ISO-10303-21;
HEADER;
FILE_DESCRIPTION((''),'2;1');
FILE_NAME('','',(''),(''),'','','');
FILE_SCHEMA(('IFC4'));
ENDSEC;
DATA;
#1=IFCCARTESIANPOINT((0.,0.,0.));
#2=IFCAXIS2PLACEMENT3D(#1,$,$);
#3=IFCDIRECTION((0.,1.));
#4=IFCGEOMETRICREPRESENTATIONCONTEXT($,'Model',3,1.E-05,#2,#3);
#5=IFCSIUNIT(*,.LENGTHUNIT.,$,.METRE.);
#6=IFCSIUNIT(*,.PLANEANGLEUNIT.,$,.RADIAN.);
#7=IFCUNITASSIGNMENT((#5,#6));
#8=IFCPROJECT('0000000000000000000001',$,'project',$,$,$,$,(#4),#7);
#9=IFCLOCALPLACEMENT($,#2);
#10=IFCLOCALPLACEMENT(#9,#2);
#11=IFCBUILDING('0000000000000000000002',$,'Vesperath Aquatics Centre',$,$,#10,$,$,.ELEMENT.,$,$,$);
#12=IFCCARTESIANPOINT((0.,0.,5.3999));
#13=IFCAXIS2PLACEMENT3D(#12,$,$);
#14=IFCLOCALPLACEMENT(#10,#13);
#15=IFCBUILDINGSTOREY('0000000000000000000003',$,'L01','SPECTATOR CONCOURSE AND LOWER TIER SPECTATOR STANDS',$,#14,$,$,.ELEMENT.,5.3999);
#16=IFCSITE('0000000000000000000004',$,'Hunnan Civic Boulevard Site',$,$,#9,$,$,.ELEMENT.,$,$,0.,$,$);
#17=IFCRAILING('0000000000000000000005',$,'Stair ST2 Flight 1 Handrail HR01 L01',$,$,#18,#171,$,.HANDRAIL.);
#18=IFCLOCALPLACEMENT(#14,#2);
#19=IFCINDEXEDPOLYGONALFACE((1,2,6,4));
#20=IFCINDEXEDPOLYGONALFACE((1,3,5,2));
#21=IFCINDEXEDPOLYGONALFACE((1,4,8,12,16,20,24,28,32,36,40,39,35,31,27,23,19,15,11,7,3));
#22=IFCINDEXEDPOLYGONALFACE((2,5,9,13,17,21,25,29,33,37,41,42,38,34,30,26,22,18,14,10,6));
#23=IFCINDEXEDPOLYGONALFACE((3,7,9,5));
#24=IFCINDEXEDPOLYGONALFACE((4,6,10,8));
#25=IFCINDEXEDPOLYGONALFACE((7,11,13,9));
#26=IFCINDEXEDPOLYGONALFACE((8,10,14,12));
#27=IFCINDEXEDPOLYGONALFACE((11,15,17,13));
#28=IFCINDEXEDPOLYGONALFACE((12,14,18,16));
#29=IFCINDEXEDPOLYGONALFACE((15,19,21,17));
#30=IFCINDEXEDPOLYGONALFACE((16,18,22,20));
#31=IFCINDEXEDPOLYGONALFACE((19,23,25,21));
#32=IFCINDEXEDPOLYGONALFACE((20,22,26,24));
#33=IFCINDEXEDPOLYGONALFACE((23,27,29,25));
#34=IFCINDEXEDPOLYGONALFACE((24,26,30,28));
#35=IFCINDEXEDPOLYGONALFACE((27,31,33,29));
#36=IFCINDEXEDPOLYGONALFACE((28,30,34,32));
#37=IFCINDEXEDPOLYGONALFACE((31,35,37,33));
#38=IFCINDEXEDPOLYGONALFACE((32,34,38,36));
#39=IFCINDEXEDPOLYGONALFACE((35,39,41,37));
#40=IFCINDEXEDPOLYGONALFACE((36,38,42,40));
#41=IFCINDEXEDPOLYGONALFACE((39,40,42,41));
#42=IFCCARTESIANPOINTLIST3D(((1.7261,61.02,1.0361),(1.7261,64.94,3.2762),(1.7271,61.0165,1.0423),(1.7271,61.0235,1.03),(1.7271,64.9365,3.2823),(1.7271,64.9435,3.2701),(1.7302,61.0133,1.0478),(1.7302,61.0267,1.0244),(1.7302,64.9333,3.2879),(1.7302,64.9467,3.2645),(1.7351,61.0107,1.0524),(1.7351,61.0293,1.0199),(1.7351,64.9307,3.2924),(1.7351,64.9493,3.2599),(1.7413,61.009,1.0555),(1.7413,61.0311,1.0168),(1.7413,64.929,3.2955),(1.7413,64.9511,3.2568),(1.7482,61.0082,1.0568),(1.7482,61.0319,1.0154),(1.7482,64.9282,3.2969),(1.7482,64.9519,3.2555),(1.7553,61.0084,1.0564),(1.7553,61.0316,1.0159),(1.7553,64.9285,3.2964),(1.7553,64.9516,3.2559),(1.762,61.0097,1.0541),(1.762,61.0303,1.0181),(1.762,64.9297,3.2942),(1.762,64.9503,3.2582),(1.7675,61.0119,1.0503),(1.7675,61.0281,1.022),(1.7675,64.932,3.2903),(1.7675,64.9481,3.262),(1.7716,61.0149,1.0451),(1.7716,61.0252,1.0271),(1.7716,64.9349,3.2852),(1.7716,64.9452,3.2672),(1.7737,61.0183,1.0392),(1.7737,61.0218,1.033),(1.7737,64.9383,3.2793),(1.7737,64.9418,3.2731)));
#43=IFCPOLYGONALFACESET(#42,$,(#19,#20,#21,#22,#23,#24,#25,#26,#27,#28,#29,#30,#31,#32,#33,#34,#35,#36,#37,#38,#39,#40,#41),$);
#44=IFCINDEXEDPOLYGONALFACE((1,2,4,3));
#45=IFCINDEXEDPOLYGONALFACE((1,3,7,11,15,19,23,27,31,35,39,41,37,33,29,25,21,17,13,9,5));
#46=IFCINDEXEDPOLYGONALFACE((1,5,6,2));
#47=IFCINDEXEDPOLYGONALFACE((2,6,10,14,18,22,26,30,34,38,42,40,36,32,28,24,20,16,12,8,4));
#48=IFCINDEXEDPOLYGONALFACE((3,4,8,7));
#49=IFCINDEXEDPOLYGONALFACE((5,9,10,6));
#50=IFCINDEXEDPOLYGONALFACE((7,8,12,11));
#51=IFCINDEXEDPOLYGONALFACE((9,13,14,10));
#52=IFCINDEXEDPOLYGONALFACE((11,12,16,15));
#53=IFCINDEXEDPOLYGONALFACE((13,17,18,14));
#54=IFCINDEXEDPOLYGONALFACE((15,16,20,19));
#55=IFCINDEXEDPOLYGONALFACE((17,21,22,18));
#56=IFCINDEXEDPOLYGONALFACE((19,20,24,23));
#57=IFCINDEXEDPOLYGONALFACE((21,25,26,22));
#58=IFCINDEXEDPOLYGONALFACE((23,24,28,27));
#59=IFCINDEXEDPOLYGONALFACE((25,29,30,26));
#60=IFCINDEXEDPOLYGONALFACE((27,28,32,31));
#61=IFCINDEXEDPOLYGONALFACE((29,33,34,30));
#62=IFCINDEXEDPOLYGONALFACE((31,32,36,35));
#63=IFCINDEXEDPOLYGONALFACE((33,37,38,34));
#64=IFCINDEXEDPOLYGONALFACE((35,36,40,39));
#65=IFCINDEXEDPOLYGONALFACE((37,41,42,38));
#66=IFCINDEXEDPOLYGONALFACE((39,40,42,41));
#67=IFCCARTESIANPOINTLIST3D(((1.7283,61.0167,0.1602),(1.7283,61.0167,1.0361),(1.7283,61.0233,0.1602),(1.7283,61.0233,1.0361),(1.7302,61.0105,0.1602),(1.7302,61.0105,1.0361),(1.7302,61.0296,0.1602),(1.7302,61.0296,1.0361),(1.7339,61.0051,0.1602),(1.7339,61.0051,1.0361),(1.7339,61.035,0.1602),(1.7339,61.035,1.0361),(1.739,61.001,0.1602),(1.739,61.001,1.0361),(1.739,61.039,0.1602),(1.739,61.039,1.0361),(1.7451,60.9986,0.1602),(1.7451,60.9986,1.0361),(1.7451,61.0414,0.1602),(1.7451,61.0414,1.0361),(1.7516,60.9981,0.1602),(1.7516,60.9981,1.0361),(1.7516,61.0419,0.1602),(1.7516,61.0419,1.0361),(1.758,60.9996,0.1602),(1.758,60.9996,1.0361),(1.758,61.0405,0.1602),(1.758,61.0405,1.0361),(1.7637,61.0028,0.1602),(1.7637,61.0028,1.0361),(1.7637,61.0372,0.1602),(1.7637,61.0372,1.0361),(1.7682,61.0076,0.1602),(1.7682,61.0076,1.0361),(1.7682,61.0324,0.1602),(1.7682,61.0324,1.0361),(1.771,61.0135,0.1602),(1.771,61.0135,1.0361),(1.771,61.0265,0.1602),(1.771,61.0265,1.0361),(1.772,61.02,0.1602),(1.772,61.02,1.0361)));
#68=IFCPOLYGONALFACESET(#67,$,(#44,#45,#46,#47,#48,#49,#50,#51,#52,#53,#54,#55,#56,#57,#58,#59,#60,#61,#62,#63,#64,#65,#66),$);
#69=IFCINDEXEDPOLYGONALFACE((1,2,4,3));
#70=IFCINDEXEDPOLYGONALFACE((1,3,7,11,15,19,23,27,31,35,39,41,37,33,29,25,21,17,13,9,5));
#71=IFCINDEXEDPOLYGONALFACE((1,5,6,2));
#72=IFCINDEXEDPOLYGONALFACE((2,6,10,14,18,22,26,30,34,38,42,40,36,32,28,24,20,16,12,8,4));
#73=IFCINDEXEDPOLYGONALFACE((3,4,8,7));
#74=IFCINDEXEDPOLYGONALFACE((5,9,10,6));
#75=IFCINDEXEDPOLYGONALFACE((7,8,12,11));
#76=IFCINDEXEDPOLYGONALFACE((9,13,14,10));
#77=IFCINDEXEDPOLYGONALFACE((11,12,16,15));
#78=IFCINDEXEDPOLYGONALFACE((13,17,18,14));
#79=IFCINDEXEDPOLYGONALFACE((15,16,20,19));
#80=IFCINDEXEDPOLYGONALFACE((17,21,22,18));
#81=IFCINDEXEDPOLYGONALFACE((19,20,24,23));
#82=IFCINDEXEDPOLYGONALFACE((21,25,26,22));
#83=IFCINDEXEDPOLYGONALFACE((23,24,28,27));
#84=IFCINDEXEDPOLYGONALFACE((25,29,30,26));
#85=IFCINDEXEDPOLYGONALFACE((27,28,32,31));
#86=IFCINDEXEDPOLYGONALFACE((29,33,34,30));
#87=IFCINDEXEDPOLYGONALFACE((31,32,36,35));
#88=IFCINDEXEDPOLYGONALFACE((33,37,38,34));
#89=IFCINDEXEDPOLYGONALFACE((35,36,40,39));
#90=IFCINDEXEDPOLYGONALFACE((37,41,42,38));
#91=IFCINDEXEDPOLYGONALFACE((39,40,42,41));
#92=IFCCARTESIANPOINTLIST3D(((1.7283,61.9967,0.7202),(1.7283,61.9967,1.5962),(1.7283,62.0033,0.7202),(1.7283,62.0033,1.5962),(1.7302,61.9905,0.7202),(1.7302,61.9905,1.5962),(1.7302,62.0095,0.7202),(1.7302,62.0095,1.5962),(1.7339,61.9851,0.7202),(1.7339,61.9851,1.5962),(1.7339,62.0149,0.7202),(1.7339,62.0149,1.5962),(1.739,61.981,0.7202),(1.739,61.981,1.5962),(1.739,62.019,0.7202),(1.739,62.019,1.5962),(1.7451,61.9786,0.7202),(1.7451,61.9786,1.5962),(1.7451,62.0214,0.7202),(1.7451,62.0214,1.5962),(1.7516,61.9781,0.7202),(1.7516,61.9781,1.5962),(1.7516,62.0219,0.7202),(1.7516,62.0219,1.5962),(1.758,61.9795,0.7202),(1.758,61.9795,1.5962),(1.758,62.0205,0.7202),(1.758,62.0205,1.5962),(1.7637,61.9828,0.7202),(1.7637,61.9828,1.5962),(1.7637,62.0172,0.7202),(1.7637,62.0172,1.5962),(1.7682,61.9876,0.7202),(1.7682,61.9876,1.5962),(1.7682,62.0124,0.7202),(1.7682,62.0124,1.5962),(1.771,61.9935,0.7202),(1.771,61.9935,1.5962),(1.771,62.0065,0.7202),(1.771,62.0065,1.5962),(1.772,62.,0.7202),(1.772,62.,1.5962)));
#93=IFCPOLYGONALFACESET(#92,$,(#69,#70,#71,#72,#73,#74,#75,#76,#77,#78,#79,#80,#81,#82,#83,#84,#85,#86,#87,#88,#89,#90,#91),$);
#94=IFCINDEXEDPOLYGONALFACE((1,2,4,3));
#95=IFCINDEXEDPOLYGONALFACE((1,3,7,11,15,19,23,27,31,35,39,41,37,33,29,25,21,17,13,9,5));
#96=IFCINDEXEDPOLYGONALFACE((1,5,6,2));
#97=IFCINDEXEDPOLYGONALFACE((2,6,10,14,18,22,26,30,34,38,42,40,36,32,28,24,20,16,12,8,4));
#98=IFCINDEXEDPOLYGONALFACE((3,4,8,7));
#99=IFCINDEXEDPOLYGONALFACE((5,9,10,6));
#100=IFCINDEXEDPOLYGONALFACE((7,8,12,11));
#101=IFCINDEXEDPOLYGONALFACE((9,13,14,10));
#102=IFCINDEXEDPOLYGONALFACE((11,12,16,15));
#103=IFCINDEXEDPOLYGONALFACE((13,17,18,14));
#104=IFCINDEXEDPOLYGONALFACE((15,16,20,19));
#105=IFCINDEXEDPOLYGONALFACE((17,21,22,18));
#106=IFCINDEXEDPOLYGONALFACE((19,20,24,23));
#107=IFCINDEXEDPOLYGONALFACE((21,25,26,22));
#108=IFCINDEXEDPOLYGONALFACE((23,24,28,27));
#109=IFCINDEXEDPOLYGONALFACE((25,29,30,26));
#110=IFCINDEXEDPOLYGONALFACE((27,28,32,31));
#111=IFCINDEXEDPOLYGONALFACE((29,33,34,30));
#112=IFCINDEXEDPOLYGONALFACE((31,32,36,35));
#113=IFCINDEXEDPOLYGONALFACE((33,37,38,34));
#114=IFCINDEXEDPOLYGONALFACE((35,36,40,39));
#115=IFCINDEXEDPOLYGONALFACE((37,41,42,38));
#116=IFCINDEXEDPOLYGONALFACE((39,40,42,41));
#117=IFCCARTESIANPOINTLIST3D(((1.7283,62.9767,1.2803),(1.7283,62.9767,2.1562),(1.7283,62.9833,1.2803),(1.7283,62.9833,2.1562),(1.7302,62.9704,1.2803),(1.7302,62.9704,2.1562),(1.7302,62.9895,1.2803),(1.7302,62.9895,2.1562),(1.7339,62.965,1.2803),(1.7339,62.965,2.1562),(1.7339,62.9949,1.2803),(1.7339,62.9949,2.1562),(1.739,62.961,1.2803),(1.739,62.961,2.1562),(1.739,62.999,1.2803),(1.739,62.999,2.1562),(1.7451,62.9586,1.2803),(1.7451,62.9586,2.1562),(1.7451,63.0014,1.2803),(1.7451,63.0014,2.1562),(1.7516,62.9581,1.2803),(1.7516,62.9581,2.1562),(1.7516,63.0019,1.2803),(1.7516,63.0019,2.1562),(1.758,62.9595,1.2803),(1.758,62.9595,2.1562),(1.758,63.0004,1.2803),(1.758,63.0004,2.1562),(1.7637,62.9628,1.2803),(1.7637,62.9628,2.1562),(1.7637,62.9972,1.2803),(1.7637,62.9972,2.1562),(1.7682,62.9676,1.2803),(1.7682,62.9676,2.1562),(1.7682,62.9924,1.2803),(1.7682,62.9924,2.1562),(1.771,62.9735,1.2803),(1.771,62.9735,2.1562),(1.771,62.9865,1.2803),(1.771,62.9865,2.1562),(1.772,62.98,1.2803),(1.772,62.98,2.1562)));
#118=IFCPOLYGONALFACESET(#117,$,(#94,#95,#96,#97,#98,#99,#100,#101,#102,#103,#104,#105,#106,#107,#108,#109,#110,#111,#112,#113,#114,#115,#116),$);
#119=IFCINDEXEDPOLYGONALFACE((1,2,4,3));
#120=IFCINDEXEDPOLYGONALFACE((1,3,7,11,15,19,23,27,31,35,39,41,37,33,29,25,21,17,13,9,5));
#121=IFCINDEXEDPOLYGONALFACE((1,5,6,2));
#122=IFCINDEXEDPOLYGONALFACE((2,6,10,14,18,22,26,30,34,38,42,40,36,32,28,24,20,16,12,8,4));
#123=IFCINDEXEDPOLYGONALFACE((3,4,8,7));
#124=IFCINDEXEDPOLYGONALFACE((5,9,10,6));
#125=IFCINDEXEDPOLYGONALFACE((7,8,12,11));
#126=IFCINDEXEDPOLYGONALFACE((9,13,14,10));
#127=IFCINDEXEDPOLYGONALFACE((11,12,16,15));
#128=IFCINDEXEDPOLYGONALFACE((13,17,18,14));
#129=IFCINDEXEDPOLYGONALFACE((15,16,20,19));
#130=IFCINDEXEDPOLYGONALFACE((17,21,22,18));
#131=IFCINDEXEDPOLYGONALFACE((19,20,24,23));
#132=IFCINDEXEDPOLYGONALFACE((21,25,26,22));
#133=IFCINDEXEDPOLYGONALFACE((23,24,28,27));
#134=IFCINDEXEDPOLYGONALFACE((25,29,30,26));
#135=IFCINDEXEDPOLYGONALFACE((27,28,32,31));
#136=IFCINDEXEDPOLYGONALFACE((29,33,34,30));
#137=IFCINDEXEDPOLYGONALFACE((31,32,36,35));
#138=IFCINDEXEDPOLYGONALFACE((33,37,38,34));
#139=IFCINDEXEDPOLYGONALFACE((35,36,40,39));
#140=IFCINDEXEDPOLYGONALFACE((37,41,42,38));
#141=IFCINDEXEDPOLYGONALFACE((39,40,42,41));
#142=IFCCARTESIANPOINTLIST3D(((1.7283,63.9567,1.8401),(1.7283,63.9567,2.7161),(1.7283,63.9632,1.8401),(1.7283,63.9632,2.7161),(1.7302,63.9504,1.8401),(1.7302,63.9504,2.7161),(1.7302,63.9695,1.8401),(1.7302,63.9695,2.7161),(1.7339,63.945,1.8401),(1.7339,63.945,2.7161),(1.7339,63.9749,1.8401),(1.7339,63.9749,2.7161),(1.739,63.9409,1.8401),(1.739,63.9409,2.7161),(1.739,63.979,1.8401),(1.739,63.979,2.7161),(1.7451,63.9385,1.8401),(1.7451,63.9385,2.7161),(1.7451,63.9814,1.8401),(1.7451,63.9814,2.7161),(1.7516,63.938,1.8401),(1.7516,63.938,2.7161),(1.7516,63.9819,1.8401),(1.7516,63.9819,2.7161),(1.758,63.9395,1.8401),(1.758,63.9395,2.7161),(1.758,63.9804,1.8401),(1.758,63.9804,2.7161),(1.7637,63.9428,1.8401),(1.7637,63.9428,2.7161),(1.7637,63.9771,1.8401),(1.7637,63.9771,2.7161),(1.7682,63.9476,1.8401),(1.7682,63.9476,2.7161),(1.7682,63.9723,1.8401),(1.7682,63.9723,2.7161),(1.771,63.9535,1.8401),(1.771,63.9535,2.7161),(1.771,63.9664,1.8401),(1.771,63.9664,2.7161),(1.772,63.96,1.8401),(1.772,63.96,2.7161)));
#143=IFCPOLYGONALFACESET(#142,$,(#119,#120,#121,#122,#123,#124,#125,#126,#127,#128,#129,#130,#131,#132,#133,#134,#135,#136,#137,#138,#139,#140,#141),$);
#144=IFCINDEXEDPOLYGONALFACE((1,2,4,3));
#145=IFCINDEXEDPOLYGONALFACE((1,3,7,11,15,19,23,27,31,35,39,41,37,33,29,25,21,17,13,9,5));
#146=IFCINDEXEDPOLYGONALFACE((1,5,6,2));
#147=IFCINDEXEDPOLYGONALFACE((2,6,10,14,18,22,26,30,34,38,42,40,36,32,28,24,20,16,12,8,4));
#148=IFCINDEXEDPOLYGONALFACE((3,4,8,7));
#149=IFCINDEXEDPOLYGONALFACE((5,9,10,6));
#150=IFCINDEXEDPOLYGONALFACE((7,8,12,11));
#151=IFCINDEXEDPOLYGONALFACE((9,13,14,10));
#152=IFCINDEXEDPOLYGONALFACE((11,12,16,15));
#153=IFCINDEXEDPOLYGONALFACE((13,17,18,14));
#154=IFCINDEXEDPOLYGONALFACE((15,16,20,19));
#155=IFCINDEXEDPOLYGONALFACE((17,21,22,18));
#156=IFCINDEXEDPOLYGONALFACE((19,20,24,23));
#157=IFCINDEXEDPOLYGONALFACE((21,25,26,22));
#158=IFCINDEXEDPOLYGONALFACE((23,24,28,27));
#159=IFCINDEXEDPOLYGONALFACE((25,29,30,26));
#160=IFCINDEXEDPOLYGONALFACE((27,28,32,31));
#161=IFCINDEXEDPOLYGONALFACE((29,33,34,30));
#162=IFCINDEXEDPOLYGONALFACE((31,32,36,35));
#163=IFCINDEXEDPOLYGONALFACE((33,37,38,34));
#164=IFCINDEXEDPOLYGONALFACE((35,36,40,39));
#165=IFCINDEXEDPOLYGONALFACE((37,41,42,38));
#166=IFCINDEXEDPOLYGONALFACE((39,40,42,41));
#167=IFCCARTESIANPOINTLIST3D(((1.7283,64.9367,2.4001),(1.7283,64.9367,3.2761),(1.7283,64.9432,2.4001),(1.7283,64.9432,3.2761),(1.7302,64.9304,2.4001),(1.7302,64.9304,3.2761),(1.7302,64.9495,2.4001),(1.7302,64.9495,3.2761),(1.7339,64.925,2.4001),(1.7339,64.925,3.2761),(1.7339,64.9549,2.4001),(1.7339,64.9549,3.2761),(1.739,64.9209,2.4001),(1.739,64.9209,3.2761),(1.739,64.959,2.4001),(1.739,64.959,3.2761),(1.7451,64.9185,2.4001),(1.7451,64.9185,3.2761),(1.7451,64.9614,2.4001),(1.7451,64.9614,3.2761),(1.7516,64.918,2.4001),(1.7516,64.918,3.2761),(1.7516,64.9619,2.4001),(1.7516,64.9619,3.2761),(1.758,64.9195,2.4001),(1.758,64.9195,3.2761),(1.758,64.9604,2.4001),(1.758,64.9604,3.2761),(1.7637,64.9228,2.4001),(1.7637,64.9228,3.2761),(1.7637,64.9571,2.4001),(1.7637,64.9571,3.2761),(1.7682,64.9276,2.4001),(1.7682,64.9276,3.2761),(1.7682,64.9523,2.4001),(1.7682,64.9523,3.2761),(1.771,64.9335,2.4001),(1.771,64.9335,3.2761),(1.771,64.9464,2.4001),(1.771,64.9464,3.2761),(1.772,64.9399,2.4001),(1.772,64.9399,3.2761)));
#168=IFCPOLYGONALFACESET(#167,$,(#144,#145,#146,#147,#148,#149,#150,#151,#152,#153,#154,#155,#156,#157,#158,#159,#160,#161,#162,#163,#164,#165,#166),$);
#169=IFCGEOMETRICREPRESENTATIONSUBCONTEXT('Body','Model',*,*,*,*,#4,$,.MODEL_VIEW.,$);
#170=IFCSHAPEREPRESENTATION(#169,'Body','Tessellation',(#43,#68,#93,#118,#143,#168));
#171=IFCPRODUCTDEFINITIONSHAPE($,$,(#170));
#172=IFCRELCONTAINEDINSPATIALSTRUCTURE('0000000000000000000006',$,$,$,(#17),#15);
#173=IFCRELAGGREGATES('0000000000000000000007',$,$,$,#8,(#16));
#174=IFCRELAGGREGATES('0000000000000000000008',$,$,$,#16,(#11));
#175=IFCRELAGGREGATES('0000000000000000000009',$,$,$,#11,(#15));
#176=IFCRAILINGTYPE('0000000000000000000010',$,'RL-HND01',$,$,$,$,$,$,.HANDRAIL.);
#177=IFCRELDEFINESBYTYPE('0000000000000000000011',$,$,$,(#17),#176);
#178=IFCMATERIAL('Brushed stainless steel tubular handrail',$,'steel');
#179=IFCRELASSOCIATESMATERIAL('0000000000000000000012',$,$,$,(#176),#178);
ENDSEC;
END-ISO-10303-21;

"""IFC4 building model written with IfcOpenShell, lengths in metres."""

from ifc_helpers import new_model, si_unit, direction, frame, origin, origin_2d, place, context, subcontext, project, spatial, circle, extrude, material, type_object, element, save


model = new_model("IFC4")

# Units and contexts
model_context = context("Model", 3, precision=1e-05, world=origin(), true_north=direction((0.0, 1.0)))
body_context = subcontext(model_context, "Body", "Model", "MODEL_VIEW")
ifc_project = project(units=[si_unit("LENGTHUNIT", "METRE"), si_unit("PLANEANGLEUNIT", "RADIAN")], contexts=[model_context])

# Site, building, storey
site_placement = place(None, origin())
site = spatial("IfcSite", under=ifc_project, at=site_placement, Name="Hunnan Civic Boulevard Site", CompositionType="ELEMENT", RefElevation=0.0)
building_placement = place(site_placement, origin())
building = spatial("IfcBuilding", under=site, at=building_placement, Name="Vesperath Aquatics Centre", CompositionType="ELEMENT")
storey_placement = place(building_placement, frame((0.0, 0.0, 5.3999)))
storey = spatial("IfcBuildingStorey", under=building, at=storey_placement, Name="L01", Description="SPECTATOR CONCOURSE AND LOWER TIER SPECTATOR STANDS", CompositionType="ELEMENT", Elevation=5.3999)

# Railing
ifc_material_1 = material(Name="Brushed stainless steel tubular handrail", Category="steel")
railing_type_1 = type_object("IfcRailingType", Name="RL-HND01", PredefinedType="HANDRAIL", material=ifc_material_1)
railing_1_placement = place(storey_placement, frame((1.75, 61.02, 0.1602)))
element("IfcRailing", 1, at=railing_1_placement, inside=storey, type_object=railing_type_1, Name="Stair ST2 Flight 1 Handrail HR01 L01", PredefinedType="HANDRAIL", context=body_context, shape_type="SweptSolid", body=[
    extrude(circle(Radius=0.0239, at=origin_2d()), frame((0.0, 0.0, 0.876), z_axis=(0.0, 0.86824, 0.496145), x_axis=(-1.0, 0.0, 0.0)), (0.0, 0.0, 1.0), 4.5149),
    extrude(circle(Radius=0.022, at=origin_2d()), origin(), (0.0, 0.0, 1.0), 0.876),
    extrude(circle(Radius=0.022, at=origin_2d()), frame((0.0, 0.98, 0.5601)), (0.0, 0.0, 1.0), 0.876),
    extrude(circle(Radius=0.022, at=origin_2d()), frame((0.0, 1.96, 1.1201)), (0.0, 0.0, 1.0), 0.876),
    extrude(circle(Radius=0.022, at=origin_2d()), frame((0.0, 2.9399, 1.6799)), (0.0, 0.0, 1.0), 0.876),
    extrude(circle(Radius=0.022, at=origin_2d()), frame((0.0, 3.9199, 2.24)), (0.0, 0.0, 1.0), 0.876),
])

save(model, "model.ifc")
